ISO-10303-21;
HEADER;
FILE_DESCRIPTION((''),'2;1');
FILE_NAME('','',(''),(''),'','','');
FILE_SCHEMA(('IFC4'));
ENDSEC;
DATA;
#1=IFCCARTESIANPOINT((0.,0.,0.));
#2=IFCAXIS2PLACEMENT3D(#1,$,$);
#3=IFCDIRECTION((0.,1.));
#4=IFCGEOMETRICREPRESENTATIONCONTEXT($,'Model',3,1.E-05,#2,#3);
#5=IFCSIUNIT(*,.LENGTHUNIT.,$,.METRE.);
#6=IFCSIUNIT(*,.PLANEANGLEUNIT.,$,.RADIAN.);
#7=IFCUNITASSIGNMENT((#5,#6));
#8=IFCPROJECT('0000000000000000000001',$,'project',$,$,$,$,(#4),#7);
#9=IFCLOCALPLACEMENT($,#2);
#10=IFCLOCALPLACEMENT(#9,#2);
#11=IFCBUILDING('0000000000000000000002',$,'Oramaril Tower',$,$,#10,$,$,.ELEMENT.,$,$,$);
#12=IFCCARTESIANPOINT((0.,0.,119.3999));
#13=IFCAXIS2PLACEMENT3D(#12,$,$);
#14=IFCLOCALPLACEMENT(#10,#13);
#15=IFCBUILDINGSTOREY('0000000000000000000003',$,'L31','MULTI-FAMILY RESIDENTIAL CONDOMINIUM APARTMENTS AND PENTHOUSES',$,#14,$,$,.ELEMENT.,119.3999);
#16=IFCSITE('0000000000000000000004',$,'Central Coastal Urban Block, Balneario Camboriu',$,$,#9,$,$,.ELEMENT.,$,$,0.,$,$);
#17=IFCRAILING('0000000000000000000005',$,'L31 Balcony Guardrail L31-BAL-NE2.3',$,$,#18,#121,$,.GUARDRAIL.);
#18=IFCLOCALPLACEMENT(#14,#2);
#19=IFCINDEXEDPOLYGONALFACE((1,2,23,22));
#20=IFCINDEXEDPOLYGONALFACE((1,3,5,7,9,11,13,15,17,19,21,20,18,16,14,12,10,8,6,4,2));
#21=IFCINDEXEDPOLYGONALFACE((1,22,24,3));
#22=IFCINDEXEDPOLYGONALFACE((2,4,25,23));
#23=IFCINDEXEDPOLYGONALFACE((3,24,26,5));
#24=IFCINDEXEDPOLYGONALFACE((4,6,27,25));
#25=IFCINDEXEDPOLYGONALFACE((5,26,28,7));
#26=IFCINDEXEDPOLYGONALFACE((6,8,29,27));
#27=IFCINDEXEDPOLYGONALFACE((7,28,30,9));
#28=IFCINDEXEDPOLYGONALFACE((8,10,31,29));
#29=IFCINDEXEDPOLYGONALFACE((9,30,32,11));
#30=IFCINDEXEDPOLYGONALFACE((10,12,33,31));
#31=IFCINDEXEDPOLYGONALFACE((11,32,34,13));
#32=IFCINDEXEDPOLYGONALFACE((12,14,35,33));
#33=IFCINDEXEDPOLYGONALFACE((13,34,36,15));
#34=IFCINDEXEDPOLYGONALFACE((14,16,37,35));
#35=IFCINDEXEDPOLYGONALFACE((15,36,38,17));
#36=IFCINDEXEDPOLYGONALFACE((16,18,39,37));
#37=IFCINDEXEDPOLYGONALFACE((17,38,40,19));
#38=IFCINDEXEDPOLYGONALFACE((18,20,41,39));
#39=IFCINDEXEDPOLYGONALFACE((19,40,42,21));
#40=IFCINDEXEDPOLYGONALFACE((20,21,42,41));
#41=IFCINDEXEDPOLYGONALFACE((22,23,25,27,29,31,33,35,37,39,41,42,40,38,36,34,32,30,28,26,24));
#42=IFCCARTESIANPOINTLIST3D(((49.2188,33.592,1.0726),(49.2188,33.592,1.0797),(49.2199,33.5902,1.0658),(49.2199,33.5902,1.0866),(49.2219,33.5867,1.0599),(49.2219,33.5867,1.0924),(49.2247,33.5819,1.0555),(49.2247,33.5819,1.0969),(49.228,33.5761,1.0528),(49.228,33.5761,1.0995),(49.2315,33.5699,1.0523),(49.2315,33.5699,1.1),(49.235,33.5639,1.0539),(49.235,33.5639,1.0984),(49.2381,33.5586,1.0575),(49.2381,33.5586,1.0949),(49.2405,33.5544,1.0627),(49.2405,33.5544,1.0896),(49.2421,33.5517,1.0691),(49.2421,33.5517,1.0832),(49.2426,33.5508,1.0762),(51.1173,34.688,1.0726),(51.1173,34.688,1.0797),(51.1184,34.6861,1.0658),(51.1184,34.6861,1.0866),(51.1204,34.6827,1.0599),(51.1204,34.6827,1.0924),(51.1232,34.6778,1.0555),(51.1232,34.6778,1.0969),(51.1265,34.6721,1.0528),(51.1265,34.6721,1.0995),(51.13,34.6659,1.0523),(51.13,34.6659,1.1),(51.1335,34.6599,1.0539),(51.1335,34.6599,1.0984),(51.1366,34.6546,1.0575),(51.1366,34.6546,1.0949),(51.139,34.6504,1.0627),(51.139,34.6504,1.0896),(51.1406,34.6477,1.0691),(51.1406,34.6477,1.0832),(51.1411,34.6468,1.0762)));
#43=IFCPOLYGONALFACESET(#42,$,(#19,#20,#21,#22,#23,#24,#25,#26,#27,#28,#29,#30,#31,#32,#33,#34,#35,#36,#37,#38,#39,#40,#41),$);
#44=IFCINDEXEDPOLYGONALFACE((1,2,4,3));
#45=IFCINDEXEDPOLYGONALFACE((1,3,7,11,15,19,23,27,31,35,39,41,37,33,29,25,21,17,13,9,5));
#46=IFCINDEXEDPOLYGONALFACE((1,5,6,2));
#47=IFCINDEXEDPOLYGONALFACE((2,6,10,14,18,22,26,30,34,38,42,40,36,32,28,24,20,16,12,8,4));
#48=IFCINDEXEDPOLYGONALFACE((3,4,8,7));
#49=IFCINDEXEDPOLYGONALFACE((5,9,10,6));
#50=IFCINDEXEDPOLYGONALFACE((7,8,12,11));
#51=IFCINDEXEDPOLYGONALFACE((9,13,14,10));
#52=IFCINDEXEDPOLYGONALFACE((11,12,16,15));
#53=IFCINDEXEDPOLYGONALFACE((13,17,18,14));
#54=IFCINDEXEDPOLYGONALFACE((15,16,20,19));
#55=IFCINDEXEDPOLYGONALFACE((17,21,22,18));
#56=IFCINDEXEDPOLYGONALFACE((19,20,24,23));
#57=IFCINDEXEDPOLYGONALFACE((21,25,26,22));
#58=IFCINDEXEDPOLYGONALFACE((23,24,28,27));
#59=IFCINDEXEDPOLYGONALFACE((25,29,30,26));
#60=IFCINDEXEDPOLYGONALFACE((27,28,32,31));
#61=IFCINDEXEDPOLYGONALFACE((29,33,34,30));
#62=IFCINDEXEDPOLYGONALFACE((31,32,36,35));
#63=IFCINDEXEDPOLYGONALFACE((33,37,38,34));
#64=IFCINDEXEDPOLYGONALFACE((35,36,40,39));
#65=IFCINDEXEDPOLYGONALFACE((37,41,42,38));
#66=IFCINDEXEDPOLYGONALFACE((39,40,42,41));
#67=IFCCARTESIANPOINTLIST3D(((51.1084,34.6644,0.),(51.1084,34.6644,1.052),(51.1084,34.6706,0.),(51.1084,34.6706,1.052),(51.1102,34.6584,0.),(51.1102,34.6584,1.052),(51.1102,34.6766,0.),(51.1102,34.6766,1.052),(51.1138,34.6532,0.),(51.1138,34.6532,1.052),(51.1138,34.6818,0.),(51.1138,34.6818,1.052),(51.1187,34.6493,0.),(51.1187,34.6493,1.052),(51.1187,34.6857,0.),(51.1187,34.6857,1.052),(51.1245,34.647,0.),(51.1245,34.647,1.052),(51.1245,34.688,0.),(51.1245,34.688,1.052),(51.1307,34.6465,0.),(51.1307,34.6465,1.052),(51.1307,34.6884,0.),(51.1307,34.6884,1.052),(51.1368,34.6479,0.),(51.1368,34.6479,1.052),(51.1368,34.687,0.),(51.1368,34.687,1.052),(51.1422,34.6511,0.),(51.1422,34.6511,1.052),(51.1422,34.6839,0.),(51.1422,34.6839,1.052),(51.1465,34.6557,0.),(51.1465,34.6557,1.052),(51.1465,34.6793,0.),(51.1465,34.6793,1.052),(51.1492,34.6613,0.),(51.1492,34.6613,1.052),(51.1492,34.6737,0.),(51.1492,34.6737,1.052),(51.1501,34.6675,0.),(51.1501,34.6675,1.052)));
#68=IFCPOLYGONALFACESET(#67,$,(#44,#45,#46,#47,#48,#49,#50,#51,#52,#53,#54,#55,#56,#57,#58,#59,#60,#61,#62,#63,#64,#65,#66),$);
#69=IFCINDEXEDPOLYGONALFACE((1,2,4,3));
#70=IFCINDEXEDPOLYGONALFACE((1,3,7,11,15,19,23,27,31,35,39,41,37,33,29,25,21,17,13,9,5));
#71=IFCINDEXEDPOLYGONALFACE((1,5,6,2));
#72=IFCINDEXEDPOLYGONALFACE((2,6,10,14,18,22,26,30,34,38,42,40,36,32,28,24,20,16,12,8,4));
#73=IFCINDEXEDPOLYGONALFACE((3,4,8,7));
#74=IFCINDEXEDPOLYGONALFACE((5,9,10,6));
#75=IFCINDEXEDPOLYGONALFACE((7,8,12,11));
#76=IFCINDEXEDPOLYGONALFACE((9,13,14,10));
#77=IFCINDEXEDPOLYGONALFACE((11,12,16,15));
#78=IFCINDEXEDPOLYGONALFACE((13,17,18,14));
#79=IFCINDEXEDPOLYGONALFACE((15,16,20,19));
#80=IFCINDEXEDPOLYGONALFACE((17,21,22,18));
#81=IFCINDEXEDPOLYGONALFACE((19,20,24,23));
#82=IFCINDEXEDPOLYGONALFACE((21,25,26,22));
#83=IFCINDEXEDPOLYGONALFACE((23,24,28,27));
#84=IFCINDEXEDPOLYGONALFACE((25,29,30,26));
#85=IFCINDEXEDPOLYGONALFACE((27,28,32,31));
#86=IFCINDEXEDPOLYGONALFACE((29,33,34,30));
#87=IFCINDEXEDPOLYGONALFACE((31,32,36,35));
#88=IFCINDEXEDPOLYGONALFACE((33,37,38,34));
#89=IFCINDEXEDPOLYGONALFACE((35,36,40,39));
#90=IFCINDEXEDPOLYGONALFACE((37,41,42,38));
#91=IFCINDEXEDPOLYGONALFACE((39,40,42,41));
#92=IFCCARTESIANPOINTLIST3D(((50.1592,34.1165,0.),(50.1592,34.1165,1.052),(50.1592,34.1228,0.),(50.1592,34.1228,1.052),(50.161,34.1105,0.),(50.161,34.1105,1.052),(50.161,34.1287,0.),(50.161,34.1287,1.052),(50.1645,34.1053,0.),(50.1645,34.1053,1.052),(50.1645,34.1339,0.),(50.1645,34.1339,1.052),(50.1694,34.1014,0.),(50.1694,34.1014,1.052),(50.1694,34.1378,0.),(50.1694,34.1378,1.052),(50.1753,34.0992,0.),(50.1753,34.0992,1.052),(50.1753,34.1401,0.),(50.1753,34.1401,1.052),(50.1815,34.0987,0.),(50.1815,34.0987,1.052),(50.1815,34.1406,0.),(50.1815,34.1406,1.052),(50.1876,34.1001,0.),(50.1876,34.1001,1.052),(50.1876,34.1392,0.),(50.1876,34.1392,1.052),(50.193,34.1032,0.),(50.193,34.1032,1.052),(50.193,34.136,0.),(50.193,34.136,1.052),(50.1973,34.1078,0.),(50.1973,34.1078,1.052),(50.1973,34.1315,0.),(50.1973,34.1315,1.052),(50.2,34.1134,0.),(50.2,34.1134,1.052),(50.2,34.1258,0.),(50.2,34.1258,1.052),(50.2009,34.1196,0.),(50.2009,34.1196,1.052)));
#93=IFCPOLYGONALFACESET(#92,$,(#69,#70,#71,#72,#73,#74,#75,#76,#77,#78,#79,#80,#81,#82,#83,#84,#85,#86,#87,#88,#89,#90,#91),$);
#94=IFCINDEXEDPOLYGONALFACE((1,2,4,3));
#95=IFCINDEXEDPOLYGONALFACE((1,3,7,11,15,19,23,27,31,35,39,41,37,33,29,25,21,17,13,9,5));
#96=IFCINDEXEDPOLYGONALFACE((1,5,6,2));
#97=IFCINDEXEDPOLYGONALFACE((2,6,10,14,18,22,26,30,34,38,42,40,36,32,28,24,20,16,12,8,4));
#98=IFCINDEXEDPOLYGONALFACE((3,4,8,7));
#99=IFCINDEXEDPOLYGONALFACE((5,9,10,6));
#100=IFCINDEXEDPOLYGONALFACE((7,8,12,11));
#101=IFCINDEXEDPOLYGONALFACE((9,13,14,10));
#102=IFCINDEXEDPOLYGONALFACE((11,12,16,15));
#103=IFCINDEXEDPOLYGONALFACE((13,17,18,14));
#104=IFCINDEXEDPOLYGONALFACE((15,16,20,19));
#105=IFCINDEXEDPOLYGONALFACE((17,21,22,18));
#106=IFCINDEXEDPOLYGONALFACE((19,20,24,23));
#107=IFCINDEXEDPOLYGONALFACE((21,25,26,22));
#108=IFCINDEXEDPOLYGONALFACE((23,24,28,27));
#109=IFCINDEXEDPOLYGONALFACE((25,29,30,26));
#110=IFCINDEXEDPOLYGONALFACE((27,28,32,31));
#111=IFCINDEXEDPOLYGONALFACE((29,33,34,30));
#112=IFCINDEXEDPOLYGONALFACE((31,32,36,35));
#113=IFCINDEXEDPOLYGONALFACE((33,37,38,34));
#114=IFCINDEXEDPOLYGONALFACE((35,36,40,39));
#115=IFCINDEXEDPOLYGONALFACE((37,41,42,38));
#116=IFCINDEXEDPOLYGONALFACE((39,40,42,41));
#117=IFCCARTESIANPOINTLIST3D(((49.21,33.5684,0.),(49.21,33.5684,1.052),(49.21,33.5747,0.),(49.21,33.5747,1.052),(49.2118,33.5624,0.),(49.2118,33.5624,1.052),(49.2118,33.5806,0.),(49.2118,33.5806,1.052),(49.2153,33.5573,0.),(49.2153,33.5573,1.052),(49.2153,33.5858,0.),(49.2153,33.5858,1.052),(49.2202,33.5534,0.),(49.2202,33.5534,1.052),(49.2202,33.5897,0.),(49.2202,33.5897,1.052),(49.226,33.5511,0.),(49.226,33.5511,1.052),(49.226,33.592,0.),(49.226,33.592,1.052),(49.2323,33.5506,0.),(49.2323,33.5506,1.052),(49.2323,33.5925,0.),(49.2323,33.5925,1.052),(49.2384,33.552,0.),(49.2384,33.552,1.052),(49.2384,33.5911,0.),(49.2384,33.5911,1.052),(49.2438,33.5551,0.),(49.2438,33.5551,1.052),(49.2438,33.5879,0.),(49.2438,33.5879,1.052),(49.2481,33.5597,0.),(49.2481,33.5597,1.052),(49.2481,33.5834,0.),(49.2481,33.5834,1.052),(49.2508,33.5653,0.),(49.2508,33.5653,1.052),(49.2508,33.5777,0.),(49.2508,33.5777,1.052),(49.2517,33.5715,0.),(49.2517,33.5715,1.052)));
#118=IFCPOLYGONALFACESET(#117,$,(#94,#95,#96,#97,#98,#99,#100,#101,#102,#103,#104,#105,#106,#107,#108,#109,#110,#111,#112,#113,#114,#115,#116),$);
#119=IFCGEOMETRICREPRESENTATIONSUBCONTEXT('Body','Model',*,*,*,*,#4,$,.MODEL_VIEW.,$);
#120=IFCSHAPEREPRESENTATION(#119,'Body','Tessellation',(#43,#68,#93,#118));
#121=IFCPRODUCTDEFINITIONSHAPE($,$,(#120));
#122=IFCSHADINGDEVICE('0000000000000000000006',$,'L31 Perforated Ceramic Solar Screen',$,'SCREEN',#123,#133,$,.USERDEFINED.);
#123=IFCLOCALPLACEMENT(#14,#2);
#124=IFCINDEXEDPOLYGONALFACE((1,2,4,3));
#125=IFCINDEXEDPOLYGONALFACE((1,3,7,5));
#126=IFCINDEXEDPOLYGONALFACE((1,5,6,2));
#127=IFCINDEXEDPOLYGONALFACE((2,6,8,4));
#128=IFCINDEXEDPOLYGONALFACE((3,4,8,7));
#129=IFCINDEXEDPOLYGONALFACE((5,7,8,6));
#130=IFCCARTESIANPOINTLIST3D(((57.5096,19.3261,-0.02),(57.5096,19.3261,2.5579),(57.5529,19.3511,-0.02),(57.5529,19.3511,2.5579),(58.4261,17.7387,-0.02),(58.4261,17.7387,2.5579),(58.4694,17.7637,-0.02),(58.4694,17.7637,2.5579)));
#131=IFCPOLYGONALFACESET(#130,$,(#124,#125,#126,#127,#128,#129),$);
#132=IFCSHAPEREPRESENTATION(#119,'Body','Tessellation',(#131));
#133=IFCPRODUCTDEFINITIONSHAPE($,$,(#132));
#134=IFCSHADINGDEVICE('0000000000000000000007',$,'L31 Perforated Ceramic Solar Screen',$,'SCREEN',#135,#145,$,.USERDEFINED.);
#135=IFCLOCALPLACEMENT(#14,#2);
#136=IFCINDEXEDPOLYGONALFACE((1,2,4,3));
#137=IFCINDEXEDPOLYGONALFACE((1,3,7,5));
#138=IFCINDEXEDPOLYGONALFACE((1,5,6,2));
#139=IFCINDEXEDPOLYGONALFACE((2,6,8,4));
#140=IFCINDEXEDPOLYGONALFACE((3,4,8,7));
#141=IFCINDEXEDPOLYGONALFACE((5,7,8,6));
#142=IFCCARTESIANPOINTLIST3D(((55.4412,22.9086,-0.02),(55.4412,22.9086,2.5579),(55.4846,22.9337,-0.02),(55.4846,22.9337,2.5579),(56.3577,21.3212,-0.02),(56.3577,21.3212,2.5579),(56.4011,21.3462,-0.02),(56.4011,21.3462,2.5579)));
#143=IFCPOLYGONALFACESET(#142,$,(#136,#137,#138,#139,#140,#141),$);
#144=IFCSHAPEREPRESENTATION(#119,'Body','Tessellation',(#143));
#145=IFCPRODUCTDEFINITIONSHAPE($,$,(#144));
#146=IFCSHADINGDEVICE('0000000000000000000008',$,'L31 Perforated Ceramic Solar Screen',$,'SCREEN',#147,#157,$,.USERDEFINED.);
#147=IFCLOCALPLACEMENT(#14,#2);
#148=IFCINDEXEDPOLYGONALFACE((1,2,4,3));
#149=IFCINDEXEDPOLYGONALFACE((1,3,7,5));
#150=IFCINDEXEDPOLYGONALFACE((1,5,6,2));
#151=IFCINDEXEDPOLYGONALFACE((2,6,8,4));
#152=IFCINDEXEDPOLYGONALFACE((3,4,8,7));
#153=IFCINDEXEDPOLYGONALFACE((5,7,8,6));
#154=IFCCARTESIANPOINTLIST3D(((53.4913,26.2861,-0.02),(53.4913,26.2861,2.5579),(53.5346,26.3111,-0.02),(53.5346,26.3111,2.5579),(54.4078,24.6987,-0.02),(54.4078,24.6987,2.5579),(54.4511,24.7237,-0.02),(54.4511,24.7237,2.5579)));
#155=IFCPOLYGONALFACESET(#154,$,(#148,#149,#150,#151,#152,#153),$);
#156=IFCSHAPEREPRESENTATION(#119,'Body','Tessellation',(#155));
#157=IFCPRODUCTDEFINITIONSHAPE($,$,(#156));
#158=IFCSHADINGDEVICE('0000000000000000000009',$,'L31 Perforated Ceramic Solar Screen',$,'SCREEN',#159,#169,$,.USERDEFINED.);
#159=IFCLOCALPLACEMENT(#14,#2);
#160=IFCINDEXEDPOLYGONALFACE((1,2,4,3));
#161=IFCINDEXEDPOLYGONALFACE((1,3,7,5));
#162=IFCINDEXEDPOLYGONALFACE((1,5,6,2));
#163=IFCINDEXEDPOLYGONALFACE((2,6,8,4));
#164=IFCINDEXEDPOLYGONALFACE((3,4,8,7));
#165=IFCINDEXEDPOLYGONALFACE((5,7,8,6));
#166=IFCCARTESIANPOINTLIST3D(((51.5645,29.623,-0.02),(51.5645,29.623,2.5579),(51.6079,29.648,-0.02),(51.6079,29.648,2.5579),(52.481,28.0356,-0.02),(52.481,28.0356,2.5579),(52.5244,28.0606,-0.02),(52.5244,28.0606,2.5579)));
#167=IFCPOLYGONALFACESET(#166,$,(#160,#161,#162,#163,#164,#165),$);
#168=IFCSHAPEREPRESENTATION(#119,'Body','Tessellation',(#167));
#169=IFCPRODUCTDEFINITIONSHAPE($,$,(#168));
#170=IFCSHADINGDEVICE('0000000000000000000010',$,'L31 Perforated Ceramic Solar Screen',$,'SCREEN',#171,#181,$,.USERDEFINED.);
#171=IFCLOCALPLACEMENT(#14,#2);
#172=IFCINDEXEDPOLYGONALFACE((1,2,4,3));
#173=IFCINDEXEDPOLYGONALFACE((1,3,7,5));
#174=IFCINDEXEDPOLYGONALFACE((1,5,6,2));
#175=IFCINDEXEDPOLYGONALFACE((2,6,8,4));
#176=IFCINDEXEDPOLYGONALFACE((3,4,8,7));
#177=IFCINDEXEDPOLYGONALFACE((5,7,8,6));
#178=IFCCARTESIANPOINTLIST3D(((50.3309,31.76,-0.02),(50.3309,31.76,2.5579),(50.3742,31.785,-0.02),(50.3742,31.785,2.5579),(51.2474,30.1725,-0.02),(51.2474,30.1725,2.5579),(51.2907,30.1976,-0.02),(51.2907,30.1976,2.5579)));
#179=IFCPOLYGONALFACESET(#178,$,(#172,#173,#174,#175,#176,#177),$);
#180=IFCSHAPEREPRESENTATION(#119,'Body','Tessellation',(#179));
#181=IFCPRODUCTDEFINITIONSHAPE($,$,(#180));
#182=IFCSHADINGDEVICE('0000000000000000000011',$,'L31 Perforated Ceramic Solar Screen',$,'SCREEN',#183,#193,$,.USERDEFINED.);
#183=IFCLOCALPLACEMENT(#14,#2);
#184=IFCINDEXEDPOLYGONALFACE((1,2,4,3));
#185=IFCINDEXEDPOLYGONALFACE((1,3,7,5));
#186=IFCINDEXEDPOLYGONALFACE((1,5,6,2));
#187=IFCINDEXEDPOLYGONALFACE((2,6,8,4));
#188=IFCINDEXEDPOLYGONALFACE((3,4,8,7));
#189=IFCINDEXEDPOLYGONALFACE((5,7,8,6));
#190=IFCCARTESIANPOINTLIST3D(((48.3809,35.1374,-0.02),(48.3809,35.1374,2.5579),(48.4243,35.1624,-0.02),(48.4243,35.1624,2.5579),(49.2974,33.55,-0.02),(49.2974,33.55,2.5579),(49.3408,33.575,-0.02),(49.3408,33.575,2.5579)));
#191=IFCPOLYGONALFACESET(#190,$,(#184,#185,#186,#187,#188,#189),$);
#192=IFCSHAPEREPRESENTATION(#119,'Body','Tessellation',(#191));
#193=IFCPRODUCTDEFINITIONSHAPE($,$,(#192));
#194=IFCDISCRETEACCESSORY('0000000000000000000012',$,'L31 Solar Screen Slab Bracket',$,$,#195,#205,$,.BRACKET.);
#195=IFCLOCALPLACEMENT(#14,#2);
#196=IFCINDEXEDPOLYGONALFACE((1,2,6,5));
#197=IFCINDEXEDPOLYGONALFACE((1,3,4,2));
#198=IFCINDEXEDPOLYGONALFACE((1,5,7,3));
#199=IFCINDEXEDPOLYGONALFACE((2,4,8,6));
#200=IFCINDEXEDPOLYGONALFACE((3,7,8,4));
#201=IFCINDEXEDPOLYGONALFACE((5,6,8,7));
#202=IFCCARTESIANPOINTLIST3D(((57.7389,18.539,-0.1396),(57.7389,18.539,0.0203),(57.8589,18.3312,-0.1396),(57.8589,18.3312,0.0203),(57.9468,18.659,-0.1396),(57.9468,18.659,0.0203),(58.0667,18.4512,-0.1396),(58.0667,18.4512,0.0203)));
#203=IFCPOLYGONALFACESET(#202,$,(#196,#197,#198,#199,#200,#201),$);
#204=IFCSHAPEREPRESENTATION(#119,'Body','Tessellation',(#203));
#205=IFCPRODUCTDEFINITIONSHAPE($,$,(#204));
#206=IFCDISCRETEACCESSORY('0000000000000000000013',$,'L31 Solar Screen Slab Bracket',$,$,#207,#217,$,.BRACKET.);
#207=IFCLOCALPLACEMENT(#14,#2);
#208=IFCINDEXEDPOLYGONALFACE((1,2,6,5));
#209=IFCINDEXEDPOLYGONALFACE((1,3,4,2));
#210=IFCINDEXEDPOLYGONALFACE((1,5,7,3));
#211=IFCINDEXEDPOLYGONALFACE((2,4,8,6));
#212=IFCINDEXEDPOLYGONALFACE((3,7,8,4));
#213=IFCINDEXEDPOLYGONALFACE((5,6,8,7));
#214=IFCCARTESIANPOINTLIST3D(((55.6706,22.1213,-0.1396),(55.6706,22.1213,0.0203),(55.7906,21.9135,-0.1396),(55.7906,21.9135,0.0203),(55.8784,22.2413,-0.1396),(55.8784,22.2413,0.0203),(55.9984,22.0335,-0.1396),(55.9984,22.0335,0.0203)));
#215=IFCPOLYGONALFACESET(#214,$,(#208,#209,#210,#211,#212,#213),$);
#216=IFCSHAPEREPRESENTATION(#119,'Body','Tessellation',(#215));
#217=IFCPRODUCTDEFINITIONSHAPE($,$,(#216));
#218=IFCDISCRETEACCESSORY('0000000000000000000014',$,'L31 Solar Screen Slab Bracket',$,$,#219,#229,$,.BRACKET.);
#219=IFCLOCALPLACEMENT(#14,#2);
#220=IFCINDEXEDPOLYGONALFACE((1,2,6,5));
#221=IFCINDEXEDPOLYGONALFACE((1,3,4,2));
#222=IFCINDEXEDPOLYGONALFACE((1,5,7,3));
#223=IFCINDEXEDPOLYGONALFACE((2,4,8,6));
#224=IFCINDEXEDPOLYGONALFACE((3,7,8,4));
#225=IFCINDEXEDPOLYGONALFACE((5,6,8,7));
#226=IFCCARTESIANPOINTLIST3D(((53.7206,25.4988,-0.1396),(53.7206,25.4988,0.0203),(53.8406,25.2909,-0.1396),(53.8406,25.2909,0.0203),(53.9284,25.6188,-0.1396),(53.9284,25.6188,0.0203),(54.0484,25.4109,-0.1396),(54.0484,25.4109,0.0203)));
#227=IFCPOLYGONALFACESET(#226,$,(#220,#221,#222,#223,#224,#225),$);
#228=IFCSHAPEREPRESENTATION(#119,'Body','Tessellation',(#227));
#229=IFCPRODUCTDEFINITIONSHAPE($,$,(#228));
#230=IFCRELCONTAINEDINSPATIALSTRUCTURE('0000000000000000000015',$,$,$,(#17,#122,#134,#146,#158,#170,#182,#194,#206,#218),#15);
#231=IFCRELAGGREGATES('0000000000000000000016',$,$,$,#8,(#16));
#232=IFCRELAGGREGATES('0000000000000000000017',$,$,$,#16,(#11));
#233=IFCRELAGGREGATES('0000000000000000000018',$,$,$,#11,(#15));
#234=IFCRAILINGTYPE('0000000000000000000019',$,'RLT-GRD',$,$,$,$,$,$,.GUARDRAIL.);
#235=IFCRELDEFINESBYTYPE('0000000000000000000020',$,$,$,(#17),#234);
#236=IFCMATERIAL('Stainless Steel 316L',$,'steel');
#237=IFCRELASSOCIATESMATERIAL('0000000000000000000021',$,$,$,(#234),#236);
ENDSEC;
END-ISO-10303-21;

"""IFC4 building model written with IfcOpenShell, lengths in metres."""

from ifc_helpers import new_model, si_unit, direction, frame, origin, origin_2d, place, context, subcontext, project, spatial, rectangle, circle, extrude, material, type_object, element, save


model = new_model("IFC4")

# Units and contexts
model_context = context("Model", 3, precision=1e-05, world=origin(), true_north=direction((0.0, 1.0)))
body_context = subcontext(model_context, "Body", "Model", "MODEL_VIEW")
ifc_project = project(units=[si_unit("LENGTHUNIT", "METRE"), si_unit("PLANEANGLEUNIT", "RADIAN")], contexts=[model_context])

# Site, building, storey
site_placement = place(None, origin())
site = spatial("IfcSite", under=ifc_project, at=site_placement, Name="Central Coastal Urban Block, Balneario Camboriu", CompositionType="ELEMENT", RefElevation=0.0)
building_placement = place(site_placement, origin())
building = spatial("IfcBuilding", under=site, at=building_placement, Name="Oramaril Tower", CompositionType="ELEMENT")
storey_placement = place(building_placement, frame((0.0, 0.0, 119.3999)))
storey = spatial("IfcBuildingStorey", under=building, at=storey_placement, Name="L31", Description="MULTI-FAMILY RESIDENTIAL CONDOMINIUM APARTMENTS AND PENTHOUSES", CompositionType="ELEMENT", Elevation=119.3999)

# Railing
ifc_material_1 = material(Name="Stainless Steel 316L", Category="steel")
railing_type = type_object("IfcRailingType", Name="RLT-GRD", PredefinedType="GUARDRAIL", material=ifc_material_1)
railing_1_placement = place(storey_placement, frame((51.1292, 34.6675, 0.0)))
element("IfcRailing", 1, at=railing_1_placement, inside=storey, type_object=railing_type, Name="L31 Balcony Guardrail L31-BAL-NE2.3", PredefinedType="GUARDRAIL", context=body_context, shape_type="SweptSolid", body=[
    extrude(circle(Radius=0.0239, at=origin_2d()), frame((0.0, 0.0, 1.0762), z_axis=(-0.866048, -0.49996, 0.0), x_axis=(0.49996, -0.866048, 0.0)), (0.0, 0.0, 1.0), 2.1921),
    extrude(circle(Radius=0.021, at=origin_2d()), origin(), (0.0, 0.0, 1.0), 1.052),
    extrude(circle(Radius=0.021, at=origin_2d()), frame((-0.9492, -0.5479, 0.0)), (0.0, 0.0, 1.0), 1.052),
    extrude(circle(Radius=0.021, at=origin_2d()), frame((-1.8984, -1.0959, 0.0)), (0.0, 0.0, 1.0), 1.052),
])

# Shading devices
for number, where, z_axis, x_axis, name in (
    (2, (57.9895, 18.5449, -0.02), (0.0, 0.0, 1.0), (-0.5, 0.866025, 0.0), "L31 Perforated Ceramic Solar Screen"),
    (3, (55.9211, 22.1274, -0.02), (0.0, 0.0, 1.0), (-0.5, 0.866025, 0.0), "L31 Perforated Ceramic Solar Screen"),
    (4, (53.9712, 25.5049, -0.02), (0.0, 0.0, 1.0), (-0.5, 0.866025, 0.0), "L31 Perforated Ceramic Solar Screen"),
    (5, (52.0444, 28.8418, -0.02), (0.0, 0.0, 1.0), (-0.5, 0.866025, 0.0), "L31 Perforated Ceramic Solar Screen"),
    (6, (50.8108, 30.9788, -0.02), (0.0, 0.0, 1.0), (-0.5, 0.866025, 0.0), "L31 Perforated Ceramic Solar Screen"),
    (7, (48.8608, 34.3562, -0.02), (0.0, 0.0, 1.0), (-0.5, 0.866025, 0.0), "L31 Perforated Ceramic Solar Screen"),
):
    element("IfcShadingDevice", number, at=place(storey_placement, frame(where, z_axis=z_axis, x_axis=x_axis)), inside=storey, Name=name, ObjectType="SCREEN", PredefinedType="USERDEFINED", context=body_context, shape_type="SweptSolid", body=[
        extrude(rectangle(XDim=1.833, YDim=0.05, at=origin_2d()), origin(), (0.0, 0.0, 1.0), 2.5779),
    ])

# Discrete accessories
for number, where, z_axis, x_axis, name in (
    (8, (57.9028, 18.4951, -0.1396), (0.0, 0.0, 1.0), (-0.5, 0.866025, 0.0), "L31 Solar Screen Slab Bracket"),
    (9, (55.8345, 22.0774, -0.1396), (0.0, 0.0, 1.0), (-0.5, 0.866025, 0.0), "L31 Solar Screen Slab Bracket"),
    (10, (53.8845, 25.4548, -0.1396), (0.0, 0.0, 1.0), (-0.5, 0.866025, 0.0), "L31 Solar Screen Slab Bracket"),
):
    element("IfcDiscreteAccessory", number, at=place(storey_placement, frame(where, z_axis=z_axis, x_axis=x_axis)), inside=storey, Name=name, PredefinedType="BRACKET", context=body_context, shape_type="SweptSolid", body=[
        extrude(rectangle(XDim=0.24, YDim=0.24, at=origin_2d()), origin(), (0.0, 0.0, 1.0), 0.1599),
    ])

save(model, "model.ifc")
